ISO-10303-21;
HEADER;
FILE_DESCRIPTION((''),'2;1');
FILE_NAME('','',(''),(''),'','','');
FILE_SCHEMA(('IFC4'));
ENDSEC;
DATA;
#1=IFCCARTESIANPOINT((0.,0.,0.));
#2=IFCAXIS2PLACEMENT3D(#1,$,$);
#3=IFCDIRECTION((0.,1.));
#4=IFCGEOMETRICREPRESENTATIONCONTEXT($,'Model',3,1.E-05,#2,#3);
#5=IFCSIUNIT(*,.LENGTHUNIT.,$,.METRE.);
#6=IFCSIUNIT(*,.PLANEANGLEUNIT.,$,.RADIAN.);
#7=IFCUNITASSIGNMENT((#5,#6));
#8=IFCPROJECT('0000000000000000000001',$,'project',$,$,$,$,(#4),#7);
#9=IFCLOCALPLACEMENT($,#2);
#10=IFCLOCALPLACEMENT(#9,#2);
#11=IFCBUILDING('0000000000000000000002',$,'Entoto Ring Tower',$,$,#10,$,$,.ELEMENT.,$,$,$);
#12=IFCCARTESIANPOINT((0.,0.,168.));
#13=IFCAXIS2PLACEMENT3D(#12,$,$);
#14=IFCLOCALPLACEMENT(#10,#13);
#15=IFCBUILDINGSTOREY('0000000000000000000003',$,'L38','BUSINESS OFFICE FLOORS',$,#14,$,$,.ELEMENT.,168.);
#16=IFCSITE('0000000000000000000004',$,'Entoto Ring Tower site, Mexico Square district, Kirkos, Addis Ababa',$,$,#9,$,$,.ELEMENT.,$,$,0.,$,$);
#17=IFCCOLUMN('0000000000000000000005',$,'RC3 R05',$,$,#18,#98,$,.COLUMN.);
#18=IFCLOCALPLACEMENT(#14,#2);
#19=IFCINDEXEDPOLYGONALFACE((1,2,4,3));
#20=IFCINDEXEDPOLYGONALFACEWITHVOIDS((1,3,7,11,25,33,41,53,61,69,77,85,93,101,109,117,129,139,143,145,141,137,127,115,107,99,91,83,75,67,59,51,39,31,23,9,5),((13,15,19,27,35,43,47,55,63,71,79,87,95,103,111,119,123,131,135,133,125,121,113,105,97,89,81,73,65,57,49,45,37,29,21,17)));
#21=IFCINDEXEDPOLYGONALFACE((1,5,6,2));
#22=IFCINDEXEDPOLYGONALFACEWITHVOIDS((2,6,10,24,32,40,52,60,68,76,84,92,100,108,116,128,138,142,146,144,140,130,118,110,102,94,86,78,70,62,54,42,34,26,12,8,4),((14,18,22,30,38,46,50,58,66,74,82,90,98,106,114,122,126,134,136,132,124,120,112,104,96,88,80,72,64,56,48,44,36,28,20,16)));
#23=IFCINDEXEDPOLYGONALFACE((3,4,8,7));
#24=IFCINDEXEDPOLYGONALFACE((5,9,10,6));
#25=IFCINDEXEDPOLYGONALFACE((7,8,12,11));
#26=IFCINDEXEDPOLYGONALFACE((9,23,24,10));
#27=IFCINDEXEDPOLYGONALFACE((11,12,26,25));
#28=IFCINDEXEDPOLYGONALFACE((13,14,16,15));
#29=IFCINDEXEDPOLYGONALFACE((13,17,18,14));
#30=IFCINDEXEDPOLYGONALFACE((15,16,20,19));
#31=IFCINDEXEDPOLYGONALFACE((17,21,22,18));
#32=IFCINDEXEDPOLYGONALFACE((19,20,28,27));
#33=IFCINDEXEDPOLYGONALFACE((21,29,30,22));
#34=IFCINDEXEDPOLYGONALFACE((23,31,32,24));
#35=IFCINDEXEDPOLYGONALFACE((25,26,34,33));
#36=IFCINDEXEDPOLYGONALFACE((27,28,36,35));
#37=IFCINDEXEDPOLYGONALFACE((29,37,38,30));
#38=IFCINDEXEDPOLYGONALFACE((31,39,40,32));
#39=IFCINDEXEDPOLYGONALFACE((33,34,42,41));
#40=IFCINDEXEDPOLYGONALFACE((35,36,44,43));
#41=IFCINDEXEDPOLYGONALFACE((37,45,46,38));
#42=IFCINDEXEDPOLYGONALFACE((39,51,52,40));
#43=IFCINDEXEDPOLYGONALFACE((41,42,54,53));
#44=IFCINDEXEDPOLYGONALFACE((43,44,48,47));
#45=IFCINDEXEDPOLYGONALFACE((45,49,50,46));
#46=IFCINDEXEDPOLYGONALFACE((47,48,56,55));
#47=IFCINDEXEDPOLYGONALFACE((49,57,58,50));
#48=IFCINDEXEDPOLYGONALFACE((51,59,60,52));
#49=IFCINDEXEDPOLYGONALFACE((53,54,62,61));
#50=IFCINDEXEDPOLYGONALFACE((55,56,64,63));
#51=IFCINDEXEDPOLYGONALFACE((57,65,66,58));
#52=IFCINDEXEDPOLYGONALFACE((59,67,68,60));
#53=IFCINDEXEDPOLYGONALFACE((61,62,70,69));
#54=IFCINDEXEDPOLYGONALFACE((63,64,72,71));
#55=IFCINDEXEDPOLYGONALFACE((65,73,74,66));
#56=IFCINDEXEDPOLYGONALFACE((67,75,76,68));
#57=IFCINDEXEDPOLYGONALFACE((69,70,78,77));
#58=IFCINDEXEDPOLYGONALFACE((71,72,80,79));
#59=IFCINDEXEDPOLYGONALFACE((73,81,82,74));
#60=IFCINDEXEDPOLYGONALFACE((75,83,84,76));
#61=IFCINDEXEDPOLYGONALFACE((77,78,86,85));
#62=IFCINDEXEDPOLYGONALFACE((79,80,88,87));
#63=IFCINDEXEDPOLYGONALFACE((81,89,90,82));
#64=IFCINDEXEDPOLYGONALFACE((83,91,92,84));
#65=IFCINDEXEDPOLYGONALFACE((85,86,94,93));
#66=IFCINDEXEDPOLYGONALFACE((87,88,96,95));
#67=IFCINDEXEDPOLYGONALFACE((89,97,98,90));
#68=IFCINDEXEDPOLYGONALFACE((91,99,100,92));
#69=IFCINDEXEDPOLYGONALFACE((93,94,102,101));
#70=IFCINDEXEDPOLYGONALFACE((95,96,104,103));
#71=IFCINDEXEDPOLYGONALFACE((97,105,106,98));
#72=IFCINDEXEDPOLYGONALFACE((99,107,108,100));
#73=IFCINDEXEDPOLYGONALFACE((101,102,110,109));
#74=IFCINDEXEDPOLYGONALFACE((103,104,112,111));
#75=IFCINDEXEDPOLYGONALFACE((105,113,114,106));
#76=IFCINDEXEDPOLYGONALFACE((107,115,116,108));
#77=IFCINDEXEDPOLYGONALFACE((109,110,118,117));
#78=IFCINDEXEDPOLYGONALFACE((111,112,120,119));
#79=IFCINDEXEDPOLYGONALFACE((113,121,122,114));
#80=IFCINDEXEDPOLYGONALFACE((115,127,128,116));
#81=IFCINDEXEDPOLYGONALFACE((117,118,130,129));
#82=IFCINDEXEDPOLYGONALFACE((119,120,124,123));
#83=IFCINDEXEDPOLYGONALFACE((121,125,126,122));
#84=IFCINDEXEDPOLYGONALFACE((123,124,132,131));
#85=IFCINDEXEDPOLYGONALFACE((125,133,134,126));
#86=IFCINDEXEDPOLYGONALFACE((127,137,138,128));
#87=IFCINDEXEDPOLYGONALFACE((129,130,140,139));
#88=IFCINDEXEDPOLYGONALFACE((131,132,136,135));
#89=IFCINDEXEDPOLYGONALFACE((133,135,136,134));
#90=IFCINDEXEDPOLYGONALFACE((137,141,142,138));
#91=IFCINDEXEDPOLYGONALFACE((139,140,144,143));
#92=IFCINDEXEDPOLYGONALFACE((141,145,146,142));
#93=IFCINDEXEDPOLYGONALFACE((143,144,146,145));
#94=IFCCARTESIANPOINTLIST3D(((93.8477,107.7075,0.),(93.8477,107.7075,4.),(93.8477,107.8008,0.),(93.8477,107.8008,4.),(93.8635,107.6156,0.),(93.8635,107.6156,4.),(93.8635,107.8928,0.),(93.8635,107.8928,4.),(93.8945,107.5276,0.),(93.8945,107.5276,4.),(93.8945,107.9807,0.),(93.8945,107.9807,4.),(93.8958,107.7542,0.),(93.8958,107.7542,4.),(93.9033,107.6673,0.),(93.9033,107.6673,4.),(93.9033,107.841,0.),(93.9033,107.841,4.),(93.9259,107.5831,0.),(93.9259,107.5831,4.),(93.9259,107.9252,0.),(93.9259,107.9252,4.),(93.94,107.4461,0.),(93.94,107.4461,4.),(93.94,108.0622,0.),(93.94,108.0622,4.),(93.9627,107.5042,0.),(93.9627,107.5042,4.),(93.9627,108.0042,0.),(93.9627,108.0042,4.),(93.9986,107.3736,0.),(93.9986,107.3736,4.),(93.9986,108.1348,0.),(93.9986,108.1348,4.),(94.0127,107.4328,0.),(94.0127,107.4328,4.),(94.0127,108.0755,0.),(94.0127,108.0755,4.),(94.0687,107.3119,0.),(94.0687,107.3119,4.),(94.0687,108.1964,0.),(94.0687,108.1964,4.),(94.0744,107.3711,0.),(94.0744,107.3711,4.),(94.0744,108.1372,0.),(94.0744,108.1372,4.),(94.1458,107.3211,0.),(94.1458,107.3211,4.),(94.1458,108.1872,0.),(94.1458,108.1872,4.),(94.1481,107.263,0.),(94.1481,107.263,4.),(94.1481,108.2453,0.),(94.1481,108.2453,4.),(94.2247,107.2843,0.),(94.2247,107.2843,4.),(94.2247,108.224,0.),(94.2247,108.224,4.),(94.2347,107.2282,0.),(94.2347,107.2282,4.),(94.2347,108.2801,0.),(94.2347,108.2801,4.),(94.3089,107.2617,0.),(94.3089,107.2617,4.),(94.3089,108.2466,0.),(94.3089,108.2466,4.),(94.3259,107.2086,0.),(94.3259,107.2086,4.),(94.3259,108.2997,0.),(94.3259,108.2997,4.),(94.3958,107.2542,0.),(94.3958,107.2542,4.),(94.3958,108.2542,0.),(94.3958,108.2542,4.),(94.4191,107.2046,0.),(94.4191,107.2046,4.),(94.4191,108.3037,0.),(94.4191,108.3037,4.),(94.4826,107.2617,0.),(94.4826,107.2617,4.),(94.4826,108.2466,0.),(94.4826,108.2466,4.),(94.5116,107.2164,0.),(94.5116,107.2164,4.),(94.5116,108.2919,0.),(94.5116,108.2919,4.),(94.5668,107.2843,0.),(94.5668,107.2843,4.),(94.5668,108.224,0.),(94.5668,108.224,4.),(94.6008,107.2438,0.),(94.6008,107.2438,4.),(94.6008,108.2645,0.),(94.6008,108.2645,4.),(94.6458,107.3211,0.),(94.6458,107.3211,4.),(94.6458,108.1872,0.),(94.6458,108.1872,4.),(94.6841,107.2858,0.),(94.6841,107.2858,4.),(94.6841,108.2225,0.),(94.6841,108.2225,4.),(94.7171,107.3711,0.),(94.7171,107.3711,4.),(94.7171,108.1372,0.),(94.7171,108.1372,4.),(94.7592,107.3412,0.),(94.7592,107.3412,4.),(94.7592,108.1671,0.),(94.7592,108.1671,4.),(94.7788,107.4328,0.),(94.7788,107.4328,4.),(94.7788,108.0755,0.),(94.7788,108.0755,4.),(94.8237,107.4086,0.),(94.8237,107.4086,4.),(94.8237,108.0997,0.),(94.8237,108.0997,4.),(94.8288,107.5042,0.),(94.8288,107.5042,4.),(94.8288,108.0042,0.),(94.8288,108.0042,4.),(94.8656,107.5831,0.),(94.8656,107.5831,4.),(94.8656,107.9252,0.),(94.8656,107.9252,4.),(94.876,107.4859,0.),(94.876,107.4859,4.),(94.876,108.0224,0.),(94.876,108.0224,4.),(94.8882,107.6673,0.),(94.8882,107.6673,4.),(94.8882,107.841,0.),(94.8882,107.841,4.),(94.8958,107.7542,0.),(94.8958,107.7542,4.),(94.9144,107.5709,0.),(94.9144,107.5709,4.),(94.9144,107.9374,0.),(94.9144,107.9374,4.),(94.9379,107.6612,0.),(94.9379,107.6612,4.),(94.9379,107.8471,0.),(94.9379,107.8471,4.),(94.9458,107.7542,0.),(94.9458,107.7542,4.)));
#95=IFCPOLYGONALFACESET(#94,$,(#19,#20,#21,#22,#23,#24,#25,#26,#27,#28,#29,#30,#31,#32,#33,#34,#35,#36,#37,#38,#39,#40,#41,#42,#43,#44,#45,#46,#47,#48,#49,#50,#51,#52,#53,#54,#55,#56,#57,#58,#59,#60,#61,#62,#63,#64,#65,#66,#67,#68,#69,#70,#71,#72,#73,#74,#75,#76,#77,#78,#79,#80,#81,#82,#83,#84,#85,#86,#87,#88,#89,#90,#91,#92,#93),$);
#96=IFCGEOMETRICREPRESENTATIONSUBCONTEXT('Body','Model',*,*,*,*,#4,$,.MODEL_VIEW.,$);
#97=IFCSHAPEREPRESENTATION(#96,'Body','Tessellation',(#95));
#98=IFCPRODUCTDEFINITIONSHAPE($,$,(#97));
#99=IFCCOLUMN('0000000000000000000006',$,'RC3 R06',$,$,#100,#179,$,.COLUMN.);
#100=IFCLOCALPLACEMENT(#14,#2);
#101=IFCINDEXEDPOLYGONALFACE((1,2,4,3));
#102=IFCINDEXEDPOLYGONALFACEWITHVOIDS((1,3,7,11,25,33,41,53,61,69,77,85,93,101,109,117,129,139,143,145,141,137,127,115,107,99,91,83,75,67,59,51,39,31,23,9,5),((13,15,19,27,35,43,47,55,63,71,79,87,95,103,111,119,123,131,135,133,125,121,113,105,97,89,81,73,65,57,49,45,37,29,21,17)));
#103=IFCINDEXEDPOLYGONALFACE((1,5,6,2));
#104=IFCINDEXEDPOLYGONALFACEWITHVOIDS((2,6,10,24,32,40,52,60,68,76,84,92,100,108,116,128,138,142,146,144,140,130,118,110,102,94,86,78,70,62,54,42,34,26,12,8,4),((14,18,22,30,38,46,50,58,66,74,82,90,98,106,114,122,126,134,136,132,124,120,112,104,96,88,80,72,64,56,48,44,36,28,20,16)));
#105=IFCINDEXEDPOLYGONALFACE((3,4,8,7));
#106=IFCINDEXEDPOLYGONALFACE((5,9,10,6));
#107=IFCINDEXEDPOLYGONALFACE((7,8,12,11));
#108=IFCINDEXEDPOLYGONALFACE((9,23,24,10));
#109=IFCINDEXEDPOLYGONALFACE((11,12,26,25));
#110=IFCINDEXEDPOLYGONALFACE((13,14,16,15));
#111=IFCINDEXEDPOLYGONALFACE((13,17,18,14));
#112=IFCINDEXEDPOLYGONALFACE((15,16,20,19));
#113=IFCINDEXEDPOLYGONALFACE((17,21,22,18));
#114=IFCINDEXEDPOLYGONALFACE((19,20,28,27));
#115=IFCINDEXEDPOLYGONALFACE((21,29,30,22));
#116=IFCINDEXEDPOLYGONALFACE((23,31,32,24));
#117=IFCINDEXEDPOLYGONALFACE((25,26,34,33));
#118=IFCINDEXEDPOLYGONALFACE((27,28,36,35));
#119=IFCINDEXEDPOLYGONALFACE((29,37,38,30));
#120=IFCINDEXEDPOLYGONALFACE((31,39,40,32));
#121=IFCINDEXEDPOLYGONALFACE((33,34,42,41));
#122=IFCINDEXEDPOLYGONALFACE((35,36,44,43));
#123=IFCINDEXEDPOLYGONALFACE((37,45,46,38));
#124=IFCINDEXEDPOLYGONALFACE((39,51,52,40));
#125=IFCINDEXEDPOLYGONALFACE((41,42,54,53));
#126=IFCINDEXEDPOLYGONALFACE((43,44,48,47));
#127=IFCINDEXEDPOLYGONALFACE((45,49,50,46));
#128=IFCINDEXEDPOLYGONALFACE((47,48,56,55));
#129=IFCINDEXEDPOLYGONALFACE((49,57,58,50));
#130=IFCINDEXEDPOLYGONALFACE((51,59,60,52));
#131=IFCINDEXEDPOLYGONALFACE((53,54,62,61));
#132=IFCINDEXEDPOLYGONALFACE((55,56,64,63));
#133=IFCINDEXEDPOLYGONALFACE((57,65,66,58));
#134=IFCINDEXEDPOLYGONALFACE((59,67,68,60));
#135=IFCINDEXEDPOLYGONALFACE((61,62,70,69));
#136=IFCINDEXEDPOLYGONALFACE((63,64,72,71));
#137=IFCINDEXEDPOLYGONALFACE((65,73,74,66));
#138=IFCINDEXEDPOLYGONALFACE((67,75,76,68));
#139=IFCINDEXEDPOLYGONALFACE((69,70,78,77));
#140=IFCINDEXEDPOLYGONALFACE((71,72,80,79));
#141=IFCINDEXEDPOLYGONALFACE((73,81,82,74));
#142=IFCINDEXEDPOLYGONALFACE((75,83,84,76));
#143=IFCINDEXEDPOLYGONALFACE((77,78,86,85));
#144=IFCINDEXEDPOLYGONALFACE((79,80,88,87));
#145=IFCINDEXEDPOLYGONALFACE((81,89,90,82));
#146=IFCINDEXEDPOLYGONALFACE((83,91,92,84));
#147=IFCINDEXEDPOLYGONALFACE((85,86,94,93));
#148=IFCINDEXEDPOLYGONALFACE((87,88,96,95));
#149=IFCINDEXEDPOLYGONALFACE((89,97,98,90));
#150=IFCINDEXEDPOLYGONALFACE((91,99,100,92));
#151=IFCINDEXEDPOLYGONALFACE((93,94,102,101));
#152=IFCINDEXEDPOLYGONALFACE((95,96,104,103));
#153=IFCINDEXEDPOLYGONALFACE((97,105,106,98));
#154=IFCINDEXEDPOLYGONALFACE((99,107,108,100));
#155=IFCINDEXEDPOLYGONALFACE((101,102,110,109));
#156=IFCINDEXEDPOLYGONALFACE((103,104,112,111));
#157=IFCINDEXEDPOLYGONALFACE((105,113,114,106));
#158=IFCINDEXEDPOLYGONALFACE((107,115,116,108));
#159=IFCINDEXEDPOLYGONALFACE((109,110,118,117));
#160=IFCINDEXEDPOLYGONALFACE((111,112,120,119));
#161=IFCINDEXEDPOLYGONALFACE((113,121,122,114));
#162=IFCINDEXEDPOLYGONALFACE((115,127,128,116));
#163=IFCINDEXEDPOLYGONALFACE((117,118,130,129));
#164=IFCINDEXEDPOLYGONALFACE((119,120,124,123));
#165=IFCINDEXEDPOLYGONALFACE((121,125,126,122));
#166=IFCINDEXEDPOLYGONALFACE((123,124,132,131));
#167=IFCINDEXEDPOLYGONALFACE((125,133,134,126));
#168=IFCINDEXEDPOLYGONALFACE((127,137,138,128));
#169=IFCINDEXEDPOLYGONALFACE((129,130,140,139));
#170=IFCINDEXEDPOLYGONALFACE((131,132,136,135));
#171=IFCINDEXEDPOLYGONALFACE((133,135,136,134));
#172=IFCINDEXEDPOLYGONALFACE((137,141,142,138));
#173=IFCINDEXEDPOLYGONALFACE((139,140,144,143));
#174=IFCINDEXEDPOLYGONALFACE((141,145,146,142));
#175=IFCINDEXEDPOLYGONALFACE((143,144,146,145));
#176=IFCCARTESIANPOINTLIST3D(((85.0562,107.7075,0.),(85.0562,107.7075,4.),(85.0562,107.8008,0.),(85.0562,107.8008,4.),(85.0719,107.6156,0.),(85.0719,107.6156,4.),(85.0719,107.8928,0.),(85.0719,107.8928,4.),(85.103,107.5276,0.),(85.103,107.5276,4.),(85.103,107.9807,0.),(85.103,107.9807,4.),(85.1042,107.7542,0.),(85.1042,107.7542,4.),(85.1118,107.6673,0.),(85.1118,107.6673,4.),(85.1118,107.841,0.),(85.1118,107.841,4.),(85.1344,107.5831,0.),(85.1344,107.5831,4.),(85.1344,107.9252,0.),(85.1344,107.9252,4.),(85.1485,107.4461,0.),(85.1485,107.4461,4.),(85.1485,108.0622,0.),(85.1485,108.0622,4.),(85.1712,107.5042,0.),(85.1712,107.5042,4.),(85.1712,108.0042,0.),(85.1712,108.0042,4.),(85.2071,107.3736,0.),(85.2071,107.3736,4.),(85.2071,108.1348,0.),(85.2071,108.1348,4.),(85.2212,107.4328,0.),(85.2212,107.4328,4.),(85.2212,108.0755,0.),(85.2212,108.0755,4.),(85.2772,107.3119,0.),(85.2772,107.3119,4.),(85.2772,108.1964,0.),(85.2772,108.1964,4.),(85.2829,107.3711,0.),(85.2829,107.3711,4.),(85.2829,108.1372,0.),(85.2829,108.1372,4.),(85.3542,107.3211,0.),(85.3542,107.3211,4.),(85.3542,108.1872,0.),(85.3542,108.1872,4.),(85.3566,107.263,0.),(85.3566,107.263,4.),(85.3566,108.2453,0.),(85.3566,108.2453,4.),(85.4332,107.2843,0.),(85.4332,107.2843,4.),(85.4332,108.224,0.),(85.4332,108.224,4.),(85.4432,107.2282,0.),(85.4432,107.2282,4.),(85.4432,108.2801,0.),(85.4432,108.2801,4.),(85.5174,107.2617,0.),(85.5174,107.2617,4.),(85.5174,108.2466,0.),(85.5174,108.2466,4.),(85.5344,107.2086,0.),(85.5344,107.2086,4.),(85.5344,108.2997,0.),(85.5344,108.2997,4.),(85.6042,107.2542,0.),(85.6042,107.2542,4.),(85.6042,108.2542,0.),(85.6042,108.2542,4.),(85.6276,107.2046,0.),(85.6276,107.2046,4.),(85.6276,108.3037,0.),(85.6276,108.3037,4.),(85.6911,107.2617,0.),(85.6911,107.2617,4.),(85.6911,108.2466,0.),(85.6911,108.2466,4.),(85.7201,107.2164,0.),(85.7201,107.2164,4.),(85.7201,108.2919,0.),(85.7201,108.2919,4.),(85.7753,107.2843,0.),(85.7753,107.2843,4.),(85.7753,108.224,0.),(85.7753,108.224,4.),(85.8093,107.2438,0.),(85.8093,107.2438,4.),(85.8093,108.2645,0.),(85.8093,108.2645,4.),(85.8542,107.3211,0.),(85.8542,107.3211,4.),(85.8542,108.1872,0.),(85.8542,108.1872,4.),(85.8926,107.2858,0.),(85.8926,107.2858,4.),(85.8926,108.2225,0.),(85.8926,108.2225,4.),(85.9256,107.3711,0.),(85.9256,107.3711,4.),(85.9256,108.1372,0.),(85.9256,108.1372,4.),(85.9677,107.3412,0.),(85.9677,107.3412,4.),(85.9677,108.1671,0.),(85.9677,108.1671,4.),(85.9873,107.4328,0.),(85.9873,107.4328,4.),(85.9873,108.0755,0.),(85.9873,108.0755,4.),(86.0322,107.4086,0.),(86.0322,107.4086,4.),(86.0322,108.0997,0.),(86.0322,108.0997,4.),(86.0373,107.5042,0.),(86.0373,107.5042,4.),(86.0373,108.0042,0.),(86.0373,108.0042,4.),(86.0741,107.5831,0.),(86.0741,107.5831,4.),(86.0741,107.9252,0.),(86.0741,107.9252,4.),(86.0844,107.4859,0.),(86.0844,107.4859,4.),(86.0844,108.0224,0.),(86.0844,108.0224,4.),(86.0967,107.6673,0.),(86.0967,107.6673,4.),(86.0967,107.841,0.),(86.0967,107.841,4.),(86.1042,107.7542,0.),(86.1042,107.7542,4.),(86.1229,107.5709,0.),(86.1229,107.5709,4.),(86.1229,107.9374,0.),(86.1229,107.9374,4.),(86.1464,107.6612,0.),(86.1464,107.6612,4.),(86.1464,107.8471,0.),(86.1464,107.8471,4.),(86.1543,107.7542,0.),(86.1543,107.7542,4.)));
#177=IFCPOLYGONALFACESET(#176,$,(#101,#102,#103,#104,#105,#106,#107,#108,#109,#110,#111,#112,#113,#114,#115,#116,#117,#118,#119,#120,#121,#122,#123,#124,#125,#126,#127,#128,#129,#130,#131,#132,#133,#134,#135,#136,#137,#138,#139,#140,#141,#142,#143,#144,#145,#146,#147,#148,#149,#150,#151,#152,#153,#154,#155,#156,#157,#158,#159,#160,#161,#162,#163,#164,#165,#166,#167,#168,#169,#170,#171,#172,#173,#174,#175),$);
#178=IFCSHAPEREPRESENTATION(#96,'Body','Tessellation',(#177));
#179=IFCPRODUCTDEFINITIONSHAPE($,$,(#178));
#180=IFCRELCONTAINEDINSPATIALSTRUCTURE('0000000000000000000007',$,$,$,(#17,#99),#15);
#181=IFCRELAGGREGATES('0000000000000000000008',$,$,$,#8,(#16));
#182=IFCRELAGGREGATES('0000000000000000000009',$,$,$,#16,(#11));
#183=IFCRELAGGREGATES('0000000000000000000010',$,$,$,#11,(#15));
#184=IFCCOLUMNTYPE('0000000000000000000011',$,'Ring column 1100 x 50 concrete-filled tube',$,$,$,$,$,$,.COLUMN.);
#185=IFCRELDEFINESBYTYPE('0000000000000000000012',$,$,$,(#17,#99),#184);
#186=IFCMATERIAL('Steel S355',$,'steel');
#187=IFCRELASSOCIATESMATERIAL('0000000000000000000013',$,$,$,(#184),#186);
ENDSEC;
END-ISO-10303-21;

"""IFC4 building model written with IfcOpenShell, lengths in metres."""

from ifc_helpers import new_model, si_unit, direction, frame, origin, origin_2d, place, context, subcontext, project, spatial, circle, hollow_circle, extrude, material, material_profile, profile_set, type_object, element, save


model = new_model("IFC4")

# Units and contexts
model_context = context("Model", 3, precision=1e-05, world=origin(), true_north=direction((0.0, 1.0)))
body_context = subcontext(model_context, "Body", "Model", "MODEL_VIEW")
ifc_project = project(units=[si_unit("LENGTHUNIT", "METRE"), si_unit("PLANEANGLEUNIT", "RADIAN")], contexts=[model_context])

# Site, building, storey
site_placement = place(None, origin())
site = spatial("IfcSite", under=ifc_project, at=site_placement, Name="Entoto Ring Tower site, Mexico Square district, Kirkos, Addis Ababa", CompositionType="ELEMENT", RefElevation=0.0)
building_placement = place(site_placement, origin())
building = spatial("IfcBuilding", under=site, at=building_placement, Name="Entoto Ring Tower", CompositionType="ELEMENT")
storey_placement = place(building_placement, frame((0.0, 0.0, 168.0)))
storey = spatial("IfcBuildingStorey", under=building, at=storey_placement, Name="L38", Description="BUSINESS OFFICE FLOORS", CompositionType="ELEMENT", Elevation=168.0)

# Columns
ifc_material_1 = material(Name="Steel S355", Category="steel")
ifc_material_profile_1 = material_profile(ifc_material_1, hollow_circle(Radius=0.55, WallThickness=0.05, at=origin_2d()), Name="CHS 1100 x 50")
ifc_material_2 = material(Name="Concrete C60/75", Category="concrete")
ifc_material_profile_2 = material_profile(ifc_material_2, circle(Radius=0.5, at=origin_2d()), Name="Concrete C60/75 infill")
ifc_profile_set_1 = profile_set([ifc_material_profile_1, ifc_material_profile_2], Name="Steel S355")
column_type = type_object("IfcColumnType", Name="Ring column 1100 x 50 concrete-filled tube", PredefinedType="COLUMN", material=ifc_profile_set_1)
for number, where, z_axis, x_axis, name in (
    (1, (94.3958, 107.7542, 0.0), (0.0, 0.0, 1.0), (1.0, 0.0, 0.0), "RC3 R05"),
    (2, (85.6042, 107.7542, 0.0), (0.0, 0.0, 1.0), (1.0, 0.0, 0.0), "RC3 R06"),
):
    element("IfcColumn", number, at=place(storey_placement, frame(where, z_axis=z_axis, x_axis=x_axis)), inside=storey, type_object=column_type, Name=name, PredefinedType="COLUMN", context=body_context, shape_type="SweptSolid", body=[
        extrude(hollow_circle(Radius=0.55, WallThickness=0.05, at=origin_2d()), origin(), (0.0, 0.0, 1.0), 4.0),
    ])

save(model, "model.ifc")
